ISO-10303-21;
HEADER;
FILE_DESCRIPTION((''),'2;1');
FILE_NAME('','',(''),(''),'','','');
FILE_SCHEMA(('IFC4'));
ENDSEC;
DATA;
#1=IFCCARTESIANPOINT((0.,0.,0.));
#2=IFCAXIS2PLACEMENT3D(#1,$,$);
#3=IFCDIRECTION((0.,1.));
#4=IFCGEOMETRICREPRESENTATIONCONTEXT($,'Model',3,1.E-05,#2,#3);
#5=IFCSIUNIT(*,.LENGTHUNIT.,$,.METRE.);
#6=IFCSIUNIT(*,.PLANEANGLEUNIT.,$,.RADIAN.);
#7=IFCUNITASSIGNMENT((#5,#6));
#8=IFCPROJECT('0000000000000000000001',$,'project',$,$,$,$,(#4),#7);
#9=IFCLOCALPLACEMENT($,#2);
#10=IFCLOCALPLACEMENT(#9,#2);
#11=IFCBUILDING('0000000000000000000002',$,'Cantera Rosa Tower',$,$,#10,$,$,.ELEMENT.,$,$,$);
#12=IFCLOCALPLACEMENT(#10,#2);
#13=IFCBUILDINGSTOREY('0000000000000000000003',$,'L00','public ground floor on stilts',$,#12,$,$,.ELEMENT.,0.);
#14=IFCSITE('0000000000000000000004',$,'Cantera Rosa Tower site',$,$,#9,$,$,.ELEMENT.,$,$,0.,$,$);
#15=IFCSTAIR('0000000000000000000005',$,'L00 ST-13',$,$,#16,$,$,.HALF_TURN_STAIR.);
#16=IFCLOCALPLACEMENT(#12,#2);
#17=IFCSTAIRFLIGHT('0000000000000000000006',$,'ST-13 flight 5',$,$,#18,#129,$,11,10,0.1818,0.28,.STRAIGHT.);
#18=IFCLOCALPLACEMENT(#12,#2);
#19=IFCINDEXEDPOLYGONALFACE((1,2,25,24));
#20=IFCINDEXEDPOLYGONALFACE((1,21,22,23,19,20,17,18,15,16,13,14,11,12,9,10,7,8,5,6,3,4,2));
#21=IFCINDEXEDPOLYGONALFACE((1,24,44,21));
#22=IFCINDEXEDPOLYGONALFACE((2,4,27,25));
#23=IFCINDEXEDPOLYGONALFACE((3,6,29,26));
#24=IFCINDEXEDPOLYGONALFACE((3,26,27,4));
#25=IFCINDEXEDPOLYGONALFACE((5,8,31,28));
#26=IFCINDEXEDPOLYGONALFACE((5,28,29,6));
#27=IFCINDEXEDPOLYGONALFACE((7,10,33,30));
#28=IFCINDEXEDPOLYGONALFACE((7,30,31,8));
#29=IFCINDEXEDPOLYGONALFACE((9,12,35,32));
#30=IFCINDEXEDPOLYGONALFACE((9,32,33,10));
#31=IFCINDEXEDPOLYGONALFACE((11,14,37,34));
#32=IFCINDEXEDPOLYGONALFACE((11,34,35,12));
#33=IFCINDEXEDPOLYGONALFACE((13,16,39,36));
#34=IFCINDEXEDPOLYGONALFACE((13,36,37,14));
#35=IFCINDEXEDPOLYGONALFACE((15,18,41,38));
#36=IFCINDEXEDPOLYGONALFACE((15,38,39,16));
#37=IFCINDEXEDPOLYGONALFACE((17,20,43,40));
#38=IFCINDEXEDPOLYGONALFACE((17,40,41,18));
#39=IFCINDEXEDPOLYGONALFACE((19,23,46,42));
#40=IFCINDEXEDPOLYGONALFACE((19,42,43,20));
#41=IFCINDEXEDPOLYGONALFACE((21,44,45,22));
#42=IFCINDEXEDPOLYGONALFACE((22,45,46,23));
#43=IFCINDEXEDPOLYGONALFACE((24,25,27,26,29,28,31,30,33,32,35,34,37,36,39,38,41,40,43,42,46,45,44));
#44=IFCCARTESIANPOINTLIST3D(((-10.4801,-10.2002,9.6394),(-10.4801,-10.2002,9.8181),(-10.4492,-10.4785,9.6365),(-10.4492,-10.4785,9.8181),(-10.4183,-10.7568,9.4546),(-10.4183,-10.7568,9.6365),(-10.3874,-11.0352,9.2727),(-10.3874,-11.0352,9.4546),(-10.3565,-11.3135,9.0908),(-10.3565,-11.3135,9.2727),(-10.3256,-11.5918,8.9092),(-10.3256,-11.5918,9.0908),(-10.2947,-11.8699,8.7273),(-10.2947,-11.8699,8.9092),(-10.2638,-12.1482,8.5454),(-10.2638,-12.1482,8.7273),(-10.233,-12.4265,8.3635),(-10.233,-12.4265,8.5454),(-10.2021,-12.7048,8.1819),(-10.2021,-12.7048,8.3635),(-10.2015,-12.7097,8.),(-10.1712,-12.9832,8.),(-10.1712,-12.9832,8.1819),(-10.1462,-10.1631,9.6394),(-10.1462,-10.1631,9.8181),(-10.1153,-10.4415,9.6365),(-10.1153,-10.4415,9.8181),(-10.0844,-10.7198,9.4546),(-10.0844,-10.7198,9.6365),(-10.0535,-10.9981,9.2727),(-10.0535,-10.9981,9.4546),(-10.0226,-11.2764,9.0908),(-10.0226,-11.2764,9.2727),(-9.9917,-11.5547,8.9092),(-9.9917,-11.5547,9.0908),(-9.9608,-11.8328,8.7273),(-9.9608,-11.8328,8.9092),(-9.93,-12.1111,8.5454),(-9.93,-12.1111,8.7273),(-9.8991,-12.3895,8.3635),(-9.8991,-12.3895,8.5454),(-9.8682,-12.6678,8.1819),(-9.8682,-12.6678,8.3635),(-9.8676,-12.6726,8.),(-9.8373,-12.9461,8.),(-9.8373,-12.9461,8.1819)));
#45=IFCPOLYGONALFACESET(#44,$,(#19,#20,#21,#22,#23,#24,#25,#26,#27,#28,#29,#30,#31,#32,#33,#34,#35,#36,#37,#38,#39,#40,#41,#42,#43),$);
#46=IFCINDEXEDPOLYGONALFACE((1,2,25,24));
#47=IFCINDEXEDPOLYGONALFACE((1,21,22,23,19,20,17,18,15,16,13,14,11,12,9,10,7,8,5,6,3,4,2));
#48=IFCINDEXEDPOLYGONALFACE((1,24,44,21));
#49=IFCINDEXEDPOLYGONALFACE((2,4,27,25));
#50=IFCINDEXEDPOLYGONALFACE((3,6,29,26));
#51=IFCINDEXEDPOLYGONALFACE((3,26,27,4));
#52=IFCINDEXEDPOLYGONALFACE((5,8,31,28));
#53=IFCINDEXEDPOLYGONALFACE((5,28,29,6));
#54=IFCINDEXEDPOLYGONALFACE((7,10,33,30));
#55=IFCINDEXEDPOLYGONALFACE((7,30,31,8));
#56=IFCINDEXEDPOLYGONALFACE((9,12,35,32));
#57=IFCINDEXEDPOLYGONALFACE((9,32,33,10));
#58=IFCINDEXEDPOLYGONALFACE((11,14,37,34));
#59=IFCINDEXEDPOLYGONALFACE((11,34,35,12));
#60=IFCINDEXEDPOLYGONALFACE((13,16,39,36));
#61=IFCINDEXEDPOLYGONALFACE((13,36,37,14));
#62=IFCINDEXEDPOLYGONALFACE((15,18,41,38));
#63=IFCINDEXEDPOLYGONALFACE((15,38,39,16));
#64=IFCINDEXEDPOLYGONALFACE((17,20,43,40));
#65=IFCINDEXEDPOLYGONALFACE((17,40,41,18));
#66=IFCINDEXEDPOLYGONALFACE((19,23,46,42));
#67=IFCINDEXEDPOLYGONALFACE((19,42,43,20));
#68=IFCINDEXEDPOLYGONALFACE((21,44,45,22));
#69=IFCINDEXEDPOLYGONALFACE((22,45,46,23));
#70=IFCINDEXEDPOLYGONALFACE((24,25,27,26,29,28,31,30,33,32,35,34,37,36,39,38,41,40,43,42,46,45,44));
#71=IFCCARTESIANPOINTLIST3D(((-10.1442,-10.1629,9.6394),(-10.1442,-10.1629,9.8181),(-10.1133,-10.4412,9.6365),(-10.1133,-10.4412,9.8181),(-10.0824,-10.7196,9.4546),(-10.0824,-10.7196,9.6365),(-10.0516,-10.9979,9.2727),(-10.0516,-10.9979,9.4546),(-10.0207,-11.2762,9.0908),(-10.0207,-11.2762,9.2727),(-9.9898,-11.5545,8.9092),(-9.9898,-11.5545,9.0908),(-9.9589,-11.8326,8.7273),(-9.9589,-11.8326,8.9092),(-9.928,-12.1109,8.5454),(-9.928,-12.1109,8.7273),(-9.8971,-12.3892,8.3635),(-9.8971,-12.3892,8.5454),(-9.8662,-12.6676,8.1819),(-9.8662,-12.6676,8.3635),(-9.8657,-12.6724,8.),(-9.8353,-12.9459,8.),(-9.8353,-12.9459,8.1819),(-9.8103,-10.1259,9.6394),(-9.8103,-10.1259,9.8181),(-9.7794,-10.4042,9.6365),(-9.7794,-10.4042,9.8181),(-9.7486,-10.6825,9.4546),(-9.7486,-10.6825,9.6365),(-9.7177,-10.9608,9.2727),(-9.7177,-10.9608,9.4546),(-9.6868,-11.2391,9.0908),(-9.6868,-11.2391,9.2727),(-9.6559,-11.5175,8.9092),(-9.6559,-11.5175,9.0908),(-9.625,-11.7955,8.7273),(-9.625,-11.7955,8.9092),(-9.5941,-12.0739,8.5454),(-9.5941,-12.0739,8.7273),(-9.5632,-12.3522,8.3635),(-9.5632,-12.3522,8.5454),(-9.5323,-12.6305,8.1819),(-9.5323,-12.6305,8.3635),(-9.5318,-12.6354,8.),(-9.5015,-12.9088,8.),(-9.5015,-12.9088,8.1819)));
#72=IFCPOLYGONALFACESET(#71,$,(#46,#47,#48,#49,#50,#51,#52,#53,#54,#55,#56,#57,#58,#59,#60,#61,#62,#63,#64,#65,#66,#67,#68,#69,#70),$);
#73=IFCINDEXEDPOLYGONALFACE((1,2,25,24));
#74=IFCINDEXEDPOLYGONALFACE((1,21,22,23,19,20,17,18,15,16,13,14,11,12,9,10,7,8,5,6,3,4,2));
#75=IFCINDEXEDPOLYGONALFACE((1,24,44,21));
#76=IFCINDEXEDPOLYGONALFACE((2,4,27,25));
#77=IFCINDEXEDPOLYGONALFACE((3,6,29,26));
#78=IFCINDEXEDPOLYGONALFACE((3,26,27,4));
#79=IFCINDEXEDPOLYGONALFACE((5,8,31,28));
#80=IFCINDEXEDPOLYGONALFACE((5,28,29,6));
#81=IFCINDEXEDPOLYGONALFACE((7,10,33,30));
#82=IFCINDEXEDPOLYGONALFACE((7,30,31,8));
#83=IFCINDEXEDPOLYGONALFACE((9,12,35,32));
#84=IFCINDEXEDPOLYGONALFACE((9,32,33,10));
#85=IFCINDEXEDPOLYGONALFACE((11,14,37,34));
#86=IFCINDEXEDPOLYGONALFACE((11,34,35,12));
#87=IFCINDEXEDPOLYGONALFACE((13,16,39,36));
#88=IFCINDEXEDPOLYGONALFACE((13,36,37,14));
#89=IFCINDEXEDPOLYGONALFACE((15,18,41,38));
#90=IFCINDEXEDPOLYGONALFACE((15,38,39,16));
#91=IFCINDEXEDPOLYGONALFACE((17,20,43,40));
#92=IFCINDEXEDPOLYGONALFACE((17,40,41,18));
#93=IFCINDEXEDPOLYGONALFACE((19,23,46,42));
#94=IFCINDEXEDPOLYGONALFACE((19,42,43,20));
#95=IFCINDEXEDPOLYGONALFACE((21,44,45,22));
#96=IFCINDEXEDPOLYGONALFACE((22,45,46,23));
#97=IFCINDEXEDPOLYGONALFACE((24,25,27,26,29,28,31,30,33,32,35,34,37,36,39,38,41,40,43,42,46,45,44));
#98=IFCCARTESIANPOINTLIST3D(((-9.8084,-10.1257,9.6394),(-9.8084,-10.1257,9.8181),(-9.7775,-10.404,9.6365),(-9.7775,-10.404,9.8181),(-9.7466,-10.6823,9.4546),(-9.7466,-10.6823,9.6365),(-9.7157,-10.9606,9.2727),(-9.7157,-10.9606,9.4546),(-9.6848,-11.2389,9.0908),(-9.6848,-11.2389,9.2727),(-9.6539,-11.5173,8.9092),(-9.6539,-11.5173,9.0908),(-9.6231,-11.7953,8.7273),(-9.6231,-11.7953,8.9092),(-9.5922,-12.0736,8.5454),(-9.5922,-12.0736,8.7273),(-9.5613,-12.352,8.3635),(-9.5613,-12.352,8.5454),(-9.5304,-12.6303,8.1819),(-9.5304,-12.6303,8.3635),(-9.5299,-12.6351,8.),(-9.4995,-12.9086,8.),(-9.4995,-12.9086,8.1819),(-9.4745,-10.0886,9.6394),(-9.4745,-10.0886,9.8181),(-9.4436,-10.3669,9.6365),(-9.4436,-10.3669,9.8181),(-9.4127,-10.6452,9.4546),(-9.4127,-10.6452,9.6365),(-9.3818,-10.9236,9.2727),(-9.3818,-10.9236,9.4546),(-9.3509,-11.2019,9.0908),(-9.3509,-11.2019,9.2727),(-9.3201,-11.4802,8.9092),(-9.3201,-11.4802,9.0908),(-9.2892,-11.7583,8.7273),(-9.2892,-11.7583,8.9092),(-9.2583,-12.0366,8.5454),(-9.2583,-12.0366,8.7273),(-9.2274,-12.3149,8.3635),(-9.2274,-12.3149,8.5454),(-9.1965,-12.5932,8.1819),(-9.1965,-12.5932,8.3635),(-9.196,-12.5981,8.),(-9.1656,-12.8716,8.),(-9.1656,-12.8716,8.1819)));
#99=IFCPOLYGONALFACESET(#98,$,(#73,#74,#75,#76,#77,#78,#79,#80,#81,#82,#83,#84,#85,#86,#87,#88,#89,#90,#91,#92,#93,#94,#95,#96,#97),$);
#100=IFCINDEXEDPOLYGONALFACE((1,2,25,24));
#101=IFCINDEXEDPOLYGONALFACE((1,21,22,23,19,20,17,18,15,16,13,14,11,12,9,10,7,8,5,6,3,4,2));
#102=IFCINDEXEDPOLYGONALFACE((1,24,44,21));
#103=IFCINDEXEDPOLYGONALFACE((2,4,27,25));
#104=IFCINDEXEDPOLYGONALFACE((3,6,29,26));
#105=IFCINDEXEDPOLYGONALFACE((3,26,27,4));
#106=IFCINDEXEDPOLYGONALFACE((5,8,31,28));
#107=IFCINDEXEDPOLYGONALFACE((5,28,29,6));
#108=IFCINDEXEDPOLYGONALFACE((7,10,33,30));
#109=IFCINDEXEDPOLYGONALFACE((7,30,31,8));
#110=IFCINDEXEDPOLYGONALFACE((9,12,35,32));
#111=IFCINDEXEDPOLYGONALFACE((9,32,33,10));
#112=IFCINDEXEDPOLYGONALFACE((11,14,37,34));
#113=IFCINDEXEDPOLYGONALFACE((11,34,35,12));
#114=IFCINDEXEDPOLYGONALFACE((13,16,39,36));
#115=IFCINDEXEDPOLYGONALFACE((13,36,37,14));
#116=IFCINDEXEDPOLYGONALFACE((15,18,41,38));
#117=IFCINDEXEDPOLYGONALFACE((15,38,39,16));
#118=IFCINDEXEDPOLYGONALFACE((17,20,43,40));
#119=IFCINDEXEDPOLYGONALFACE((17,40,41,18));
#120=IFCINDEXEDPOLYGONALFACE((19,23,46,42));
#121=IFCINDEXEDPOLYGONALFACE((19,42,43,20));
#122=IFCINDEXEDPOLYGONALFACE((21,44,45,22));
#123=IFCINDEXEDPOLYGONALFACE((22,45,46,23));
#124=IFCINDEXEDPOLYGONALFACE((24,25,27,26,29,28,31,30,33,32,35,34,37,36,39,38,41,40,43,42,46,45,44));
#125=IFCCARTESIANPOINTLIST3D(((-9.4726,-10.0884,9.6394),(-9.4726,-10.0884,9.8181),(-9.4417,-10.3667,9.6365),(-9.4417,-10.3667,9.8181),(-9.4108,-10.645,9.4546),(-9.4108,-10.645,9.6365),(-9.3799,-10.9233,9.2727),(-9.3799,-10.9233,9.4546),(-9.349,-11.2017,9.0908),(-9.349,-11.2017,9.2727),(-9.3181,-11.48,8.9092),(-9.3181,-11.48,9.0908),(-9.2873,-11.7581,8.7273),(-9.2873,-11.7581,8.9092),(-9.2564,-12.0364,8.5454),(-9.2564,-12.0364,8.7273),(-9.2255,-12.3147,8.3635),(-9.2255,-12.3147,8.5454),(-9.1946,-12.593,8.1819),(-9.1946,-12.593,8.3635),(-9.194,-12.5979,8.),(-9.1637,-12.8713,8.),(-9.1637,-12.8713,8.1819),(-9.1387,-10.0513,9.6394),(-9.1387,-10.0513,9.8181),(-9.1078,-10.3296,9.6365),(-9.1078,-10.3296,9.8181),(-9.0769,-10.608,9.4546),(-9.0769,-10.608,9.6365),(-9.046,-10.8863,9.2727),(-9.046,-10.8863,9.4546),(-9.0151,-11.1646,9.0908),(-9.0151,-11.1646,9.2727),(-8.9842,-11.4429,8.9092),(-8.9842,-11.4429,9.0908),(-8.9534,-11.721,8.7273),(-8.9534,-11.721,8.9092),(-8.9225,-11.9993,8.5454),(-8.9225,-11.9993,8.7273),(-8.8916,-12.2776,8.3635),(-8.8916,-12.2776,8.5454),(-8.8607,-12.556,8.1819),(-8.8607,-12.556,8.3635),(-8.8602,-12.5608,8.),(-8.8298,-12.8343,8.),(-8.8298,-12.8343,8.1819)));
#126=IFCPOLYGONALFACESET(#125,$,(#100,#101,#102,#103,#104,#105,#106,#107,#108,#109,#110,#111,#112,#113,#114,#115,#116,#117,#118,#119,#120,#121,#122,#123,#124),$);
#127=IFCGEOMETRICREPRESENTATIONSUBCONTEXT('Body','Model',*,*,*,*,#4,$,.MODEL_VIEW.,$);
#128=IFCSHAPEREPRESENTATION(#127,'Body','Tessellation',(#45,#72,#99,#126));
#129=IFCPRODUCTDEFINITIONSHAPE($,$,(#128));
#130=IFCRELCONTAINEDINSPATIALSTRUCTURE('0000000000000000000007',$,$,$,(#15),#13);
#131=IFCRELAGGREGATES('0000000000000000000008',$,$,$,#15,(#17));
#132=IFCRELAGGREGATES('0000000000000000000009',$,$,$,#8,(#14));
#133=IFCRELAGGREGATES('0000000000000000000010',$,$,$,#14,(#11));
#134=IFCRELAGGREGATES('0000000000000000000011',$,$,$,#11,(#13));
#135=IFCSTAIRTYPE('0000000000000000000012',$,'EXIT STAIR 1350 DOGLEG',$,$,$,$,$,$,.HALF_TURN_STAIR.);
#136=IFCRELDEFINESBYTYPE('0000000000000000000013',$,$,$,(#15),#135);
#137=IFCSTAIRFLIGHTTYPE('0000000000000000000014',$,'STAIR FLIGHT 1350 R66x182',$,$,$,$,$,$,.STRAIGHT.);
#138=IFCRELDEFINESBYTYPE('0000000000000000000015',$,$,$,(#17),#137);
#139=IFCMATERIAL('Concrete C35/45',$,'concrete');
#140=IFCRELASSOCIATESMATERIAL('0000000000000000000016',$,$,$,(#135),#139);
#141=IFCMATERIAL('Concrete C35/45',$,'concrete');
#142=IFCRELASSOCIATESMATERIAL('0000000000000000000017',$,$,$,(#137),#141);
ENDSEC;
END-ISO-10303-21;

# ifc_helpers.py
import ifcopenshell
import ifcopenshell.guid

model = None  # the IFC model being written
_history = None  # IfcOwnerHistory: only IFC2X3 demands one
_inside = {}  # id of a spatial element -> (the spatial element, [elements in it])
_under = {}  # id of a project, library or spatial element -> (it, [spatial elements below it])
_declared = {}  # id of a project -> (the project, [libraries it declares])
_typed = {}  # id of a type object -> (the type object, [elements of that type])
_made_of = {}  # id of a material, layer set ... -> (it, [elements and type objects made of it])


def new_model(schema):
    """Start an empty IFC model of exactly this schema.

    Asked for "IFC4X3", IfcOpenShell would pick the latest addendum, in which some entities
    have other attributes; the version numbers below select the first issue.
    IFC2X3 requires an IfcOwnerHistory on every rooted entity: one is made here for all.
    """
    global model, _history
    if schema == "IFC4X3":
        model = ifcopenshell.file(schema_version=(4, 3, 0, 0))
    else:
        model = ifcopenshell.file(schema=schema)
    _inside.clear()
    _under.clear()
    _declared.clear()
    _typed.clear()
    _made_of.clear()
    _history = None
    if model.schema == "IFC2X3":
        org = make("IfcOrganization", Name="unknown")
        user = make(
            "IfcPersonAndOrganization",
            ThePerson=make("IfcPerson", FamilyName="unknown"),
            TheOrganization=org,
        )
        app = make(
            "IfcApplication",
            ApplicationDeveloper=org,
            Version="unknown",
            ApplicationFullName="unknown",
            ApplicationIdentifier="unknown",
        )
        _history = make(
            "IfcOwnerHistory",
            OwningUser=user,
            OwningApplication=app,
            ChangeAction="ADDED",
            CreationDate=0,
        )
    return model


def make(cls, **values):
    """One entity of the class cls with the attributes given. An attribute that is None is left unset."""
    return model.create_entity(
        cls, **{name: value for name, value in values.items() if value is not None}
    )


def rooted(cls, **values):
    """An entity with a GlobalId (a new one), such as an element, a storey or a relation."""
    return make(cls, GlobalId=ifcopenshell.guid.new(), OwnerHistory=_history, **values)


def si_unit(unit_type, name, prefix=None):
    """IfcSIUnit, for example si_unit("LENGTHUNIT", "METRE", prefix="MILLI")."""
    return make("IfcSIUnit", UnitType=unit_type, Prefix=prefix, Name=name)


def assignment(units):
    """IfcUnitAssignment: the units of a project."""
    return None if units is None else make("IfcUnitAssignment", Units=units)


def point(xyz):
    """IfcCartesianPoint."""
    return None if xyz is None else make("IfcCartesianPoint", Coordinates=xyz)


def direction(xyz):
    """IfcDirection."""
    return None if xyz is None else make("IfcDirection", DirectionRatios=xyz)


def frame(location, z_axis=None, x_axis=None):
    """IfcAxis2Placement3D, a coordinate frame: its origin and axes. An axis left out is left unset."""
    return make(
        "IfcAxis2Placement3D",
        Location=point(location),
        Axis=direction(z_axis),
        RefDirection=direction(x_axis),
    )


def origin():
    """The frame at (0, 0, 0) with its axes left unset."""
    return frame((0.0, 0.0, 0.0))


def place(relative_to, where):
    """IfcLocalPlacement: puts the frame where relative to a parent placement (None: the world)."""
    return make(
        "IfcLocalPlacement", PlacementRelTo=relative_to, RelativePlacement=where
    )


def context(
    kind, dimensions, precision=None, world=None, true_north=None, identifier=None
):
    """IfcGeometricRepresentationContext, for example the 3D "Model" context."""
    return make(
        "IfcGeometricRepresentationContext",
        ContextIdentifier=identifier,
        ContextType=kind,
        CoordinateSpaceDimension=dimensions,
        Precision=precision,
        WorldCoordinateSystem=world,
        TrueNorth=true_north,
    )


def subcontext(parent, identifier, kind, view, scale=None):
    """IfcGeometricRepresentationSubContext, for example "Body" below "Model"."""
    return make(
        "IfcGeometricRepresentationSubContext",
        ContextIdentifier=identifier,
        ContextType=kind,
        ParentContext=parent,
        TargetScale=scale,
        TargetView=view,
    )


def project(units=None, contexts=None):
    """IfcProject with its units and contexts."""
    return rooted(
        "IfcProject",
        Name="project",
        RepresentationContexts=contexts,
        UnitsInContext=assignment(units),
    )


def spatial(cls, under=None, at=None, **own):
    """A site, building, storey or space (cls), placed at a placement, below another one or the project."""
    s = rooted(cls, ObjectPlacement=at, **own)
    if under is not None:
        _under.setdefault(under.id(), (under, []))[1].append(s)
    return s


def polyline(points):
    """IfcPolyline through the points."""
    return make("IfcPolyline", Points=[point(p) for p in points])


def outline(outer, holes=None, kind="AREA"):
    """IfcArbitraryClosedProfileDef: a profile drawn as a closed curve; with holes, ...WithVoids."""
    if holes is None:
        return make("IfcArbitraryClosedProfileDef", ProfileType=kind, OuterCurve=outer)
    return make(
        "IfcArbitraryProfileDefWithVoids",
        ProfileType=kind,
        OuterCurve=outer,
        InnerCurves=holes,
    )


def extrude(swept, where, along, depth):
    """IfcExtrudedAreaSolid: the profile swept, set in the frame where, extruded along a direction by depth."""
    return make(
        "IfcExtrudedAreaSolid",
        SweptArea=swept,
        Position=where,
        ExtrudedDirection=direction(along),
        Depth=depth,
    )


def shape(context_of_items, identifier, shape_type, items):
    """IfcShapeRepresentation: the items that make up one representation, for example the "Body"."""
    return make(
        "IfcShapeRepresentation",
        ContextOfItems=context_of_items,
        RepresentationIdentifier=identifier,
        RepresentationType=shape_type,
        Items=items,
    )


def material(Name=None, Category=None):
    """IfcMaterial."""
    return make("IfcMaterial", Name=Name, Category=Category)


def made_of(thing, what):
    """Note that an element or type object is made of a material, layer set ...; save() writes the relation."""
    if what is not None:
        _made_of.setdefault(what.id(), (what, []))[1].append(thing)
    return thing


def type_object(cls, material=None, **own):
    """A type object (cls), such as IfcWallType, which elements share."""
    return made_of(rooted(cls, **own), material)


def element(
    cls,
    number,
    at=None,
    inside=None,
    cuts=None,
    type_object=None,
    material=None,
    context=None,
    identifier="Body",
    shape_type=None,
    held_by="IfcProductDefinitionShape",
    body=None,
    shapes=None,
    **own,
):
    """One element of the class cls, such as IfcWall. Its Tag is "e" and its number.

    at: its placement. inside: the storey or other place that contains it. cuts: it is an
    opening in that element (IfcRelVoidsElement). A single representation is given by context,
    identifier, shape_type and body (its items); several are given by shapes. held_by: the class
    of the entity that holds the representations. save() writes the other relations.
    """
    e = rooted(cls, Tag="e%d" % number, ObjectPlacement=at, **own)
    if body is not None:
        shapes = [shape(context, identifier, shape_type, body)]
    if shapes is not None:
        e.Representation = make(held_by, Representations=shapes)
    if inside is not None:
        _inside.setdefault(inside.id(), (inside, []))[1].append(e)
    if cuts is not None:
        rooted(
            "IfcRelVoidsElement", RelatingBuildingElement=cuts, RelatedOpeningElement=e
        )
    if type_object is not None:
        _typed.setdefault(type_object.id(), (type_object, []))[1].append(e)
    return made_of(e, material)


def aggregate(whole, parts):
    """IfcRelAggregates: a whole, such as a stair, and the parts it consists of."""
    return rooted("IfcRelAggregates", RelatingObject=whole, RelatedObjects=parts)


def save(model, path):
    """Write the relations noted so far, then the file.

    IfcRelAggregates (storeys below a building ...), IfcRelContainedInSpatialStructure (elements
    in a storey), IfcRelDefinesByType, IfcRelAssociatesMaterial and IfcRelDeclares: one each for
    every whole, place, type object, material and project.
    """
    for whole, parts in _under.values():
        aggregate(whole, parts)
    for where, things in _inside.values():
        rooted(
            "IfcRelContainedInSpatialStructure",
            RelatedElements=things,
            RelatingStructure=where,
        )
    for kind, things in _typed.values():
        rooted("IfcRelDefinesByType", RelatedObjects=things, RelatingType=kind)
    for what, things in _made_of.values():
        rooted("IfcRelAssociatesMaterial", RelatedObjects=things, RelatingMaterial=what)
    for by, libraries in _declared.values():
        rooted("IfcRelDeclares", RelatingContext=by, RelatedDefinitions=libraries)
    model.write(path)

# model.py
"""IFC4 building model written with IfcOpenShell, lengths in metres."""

from ifc_helpers import new_model, si_unit, direction, frame, origin, place, context, subcontext, project, spatial, polyline, outline, extrude, material, type_object, element, aggregate, save


model = new_model("IFC4")

# Units and contexts
model_context = context("Model", 3, precision=1e-05, world=origin(), true_north=direction((0.0, 1.0)))
body_context = subcontext(model_context, "Body", "Model", "MODEL_VIEW")
ifc_project = project(units=[si_unit("LENGTHUNIT", "METRE"), si_unit("PLANEANGLEUNIT", "RADIAN")], contexts=[model_context])

# Site, building, storey
site_placement = place(None, origin())
site = spatial("IfcSite", under=ifc_project, at=site_placement, Name="Cantera Rosa Tower site", CompositionType="ELEMENT", RefElevation=0.0)
building_placement = place(site_placement, origin())
building = spatial("IfcBuilding", under=site, at=building_placement, Name="Cantera Rosa Tower", CompositionType="ELEMENT")
storey_placement = place(building_placement, origin())
storey = spatial("IfcBuildingStorey", under=building, at=storey_placement, Name="L00", Description="public ground floor on stilts", CompositionType="ELEMENT", Elevation=0.0)

# Stair, stair flight
ifc_material_1 = material(Name="Concrete C35/45", Category="concrete")
stair_type = type_object("IfcStairType", Name="EXIT STAIR 1350 DOGLEG", PredefinedType="HALF_TURN_STAIR", material=ifc_material_1)
stair_placement = place(storey_placement, origin())
stair = element("IfcStair", 1, at=stair_placement, inside=storey, type_object=stair_type, Name="L00 ST-13", PredefinedType="HALF_TURN_STAIR")
ifc_material_2 = material(Name="Concrete C35/45", Category="concrete")
stair_flight_type = type_object("IfcStairFlightType", Name="STAIR FLIGHT 1350 R66x182", PredefinedType="STRAIGHT", material=ifc_material_2)
stair_flight_1_placement = place(storey_placement, frame((-9.5002, -12.9087, 8.0), z_axis=(0.0, 0.0, 1.0), x_axis=(-0.110313, 0.993897, 0.0)))
stair_flight_1 = element("IfcStairFlight", 2, at=stair_flight_1_placement, type_object=stair_flight_type, Name="ST-13 flight 5", NumberOfRisers=11, NumberOfTreads=10, PredefinedType="STRAIGHT", RiserHeight=0.1818, TreadLength=0.28, context=body_context, shape_type="SweptSolid", body=[
    extrude(outline(polyline([(0.0, 0.0), (0.0, 0.1819), (0.28, 0.1819), (0.28, 0.3635), (0.5601, 0.3635), (0.5601, 0.5454), (0.8401, 0.5454), (0.8401, 0.7273), (1.1201, 0.7273), (1.1201, 0.9092), (1.3999, 0.9092), (1.3999, 1.0908), (1.6799, 1.0908), (1.6799, 1.2727), (1.96, 1.2727), (1.96, 1.4546), (2.24, 1.4546), (2.24, 1.6365), (2.52, 1.6365), (2.52, 1.8181), (2.8, 1.8181), (2.8, 2.0), (2.8, 1.6394), (0.2751, 0.0), (0.0, 0.0)])), frame((0.0, 0.675, 0.0), z_axis=(0.0, -1.0, 0.0), x_axis=(1.0, 0.0, 0.0)), (0.0, 0.0, 1.0), 0.3359),
    extrude(outline(polyline([(0.0, 0.0), (0.0, 0.1819), (0.28, 0.1819), (0.28, 0.3635), (0.5601, 0.3635), (0.5601, 0.5454), (0.8401, 0.5454), (0.8401, 0.7273), (1.1201, 0.7273), (1.1201, 0.9092), (1.3999, 0.9092), (1.3999, 1.0908), (1.6799, 1.0908), (1.6799, 1.2727), (1.96, 1.2727), (1.96, 1.4546), (2.24, 1.4546), (2.24, 1.6365), (2.52, 1.6365), (2.52, 1.8181), (2.8, 1.8181), (2.8, 2.0), (2.8, 1.6394), (0.2751, 0.0), (0.0, 0.0)])), frame((0.0, 0.3372, 0.0), z_axis=(0.0, -1.0, 0.0), x_axis=(1.0, 0.0, 0.0)), (0.0, 0.0, 1.0), 0.3359),
    extrude(outline(polyline([(0.0, 0.0), (0.0, 0.1819), (0.28, 0.1819), (0.28, 0.3635), (0.5601, 0.3635), (0.5601, 0.5454), (0.8401, 0.5454), (0.8401, 0.7273), (1.1201, 0.7273), (1.1201, 0.9092), (1.3999, 0.9092), (1.3999, 1.0908), (1.6799, 1.0908), (1.6799, 1.2727), (1.96, 1.2727), (1.96, 1.4546), (2.24, 1.4546), (2.24, 1.6365), (2.52, 1.6365), (2.52, 1.8181), (2.8, 1.8181), (2.8, 2.0), (2.8, 1.6394), (0.2751, 0.0), (0.0, 0.0)])), frame((0.0, -0.0007, 0.0), z_axis=(0.0, -1.0, 0.0), x_axis=(1.0, 0.0, 0.0)), (0.0, 0.0, 1.0), 0.3359),
    extrude(outline(polyline([(0.0, 0.0), (0.0, 0.1819), (0.28, 0.1819), (0.28, 0.3635), (0.5601, 0.3635), (0.5601, 0.5454), (0.8401, 0.5454), (0.8401, 0.7273), (1.1201, 0.7273), (1.1201, 0.9092), (1.3999, 0.9092), (1.3999, 1.0908), (1.6799, 1.0908), (1.6799, 1.2727), (1.96, 1.2727), (1.96, 1.4546), (2.24, 1.4546), (2.24, 1.6365), (2.52, 1.6365), (2.52, 1.8181), (2.8, 1.8181), (2.8, 2.0), (2.8, 1.6394), (0.2751, 0.0), (0.0, 0.0)])), frame((0.0, -0.3386, 0.0), z_axis=(0.0, -1.0, 0.0), x_axis=(1.0, 0.0, 0.0)), (0.0, 0.0, 1.0), 0.3359),
])
aggregate(stair, [stair_flight_1])

save(model, "model.ifc")
